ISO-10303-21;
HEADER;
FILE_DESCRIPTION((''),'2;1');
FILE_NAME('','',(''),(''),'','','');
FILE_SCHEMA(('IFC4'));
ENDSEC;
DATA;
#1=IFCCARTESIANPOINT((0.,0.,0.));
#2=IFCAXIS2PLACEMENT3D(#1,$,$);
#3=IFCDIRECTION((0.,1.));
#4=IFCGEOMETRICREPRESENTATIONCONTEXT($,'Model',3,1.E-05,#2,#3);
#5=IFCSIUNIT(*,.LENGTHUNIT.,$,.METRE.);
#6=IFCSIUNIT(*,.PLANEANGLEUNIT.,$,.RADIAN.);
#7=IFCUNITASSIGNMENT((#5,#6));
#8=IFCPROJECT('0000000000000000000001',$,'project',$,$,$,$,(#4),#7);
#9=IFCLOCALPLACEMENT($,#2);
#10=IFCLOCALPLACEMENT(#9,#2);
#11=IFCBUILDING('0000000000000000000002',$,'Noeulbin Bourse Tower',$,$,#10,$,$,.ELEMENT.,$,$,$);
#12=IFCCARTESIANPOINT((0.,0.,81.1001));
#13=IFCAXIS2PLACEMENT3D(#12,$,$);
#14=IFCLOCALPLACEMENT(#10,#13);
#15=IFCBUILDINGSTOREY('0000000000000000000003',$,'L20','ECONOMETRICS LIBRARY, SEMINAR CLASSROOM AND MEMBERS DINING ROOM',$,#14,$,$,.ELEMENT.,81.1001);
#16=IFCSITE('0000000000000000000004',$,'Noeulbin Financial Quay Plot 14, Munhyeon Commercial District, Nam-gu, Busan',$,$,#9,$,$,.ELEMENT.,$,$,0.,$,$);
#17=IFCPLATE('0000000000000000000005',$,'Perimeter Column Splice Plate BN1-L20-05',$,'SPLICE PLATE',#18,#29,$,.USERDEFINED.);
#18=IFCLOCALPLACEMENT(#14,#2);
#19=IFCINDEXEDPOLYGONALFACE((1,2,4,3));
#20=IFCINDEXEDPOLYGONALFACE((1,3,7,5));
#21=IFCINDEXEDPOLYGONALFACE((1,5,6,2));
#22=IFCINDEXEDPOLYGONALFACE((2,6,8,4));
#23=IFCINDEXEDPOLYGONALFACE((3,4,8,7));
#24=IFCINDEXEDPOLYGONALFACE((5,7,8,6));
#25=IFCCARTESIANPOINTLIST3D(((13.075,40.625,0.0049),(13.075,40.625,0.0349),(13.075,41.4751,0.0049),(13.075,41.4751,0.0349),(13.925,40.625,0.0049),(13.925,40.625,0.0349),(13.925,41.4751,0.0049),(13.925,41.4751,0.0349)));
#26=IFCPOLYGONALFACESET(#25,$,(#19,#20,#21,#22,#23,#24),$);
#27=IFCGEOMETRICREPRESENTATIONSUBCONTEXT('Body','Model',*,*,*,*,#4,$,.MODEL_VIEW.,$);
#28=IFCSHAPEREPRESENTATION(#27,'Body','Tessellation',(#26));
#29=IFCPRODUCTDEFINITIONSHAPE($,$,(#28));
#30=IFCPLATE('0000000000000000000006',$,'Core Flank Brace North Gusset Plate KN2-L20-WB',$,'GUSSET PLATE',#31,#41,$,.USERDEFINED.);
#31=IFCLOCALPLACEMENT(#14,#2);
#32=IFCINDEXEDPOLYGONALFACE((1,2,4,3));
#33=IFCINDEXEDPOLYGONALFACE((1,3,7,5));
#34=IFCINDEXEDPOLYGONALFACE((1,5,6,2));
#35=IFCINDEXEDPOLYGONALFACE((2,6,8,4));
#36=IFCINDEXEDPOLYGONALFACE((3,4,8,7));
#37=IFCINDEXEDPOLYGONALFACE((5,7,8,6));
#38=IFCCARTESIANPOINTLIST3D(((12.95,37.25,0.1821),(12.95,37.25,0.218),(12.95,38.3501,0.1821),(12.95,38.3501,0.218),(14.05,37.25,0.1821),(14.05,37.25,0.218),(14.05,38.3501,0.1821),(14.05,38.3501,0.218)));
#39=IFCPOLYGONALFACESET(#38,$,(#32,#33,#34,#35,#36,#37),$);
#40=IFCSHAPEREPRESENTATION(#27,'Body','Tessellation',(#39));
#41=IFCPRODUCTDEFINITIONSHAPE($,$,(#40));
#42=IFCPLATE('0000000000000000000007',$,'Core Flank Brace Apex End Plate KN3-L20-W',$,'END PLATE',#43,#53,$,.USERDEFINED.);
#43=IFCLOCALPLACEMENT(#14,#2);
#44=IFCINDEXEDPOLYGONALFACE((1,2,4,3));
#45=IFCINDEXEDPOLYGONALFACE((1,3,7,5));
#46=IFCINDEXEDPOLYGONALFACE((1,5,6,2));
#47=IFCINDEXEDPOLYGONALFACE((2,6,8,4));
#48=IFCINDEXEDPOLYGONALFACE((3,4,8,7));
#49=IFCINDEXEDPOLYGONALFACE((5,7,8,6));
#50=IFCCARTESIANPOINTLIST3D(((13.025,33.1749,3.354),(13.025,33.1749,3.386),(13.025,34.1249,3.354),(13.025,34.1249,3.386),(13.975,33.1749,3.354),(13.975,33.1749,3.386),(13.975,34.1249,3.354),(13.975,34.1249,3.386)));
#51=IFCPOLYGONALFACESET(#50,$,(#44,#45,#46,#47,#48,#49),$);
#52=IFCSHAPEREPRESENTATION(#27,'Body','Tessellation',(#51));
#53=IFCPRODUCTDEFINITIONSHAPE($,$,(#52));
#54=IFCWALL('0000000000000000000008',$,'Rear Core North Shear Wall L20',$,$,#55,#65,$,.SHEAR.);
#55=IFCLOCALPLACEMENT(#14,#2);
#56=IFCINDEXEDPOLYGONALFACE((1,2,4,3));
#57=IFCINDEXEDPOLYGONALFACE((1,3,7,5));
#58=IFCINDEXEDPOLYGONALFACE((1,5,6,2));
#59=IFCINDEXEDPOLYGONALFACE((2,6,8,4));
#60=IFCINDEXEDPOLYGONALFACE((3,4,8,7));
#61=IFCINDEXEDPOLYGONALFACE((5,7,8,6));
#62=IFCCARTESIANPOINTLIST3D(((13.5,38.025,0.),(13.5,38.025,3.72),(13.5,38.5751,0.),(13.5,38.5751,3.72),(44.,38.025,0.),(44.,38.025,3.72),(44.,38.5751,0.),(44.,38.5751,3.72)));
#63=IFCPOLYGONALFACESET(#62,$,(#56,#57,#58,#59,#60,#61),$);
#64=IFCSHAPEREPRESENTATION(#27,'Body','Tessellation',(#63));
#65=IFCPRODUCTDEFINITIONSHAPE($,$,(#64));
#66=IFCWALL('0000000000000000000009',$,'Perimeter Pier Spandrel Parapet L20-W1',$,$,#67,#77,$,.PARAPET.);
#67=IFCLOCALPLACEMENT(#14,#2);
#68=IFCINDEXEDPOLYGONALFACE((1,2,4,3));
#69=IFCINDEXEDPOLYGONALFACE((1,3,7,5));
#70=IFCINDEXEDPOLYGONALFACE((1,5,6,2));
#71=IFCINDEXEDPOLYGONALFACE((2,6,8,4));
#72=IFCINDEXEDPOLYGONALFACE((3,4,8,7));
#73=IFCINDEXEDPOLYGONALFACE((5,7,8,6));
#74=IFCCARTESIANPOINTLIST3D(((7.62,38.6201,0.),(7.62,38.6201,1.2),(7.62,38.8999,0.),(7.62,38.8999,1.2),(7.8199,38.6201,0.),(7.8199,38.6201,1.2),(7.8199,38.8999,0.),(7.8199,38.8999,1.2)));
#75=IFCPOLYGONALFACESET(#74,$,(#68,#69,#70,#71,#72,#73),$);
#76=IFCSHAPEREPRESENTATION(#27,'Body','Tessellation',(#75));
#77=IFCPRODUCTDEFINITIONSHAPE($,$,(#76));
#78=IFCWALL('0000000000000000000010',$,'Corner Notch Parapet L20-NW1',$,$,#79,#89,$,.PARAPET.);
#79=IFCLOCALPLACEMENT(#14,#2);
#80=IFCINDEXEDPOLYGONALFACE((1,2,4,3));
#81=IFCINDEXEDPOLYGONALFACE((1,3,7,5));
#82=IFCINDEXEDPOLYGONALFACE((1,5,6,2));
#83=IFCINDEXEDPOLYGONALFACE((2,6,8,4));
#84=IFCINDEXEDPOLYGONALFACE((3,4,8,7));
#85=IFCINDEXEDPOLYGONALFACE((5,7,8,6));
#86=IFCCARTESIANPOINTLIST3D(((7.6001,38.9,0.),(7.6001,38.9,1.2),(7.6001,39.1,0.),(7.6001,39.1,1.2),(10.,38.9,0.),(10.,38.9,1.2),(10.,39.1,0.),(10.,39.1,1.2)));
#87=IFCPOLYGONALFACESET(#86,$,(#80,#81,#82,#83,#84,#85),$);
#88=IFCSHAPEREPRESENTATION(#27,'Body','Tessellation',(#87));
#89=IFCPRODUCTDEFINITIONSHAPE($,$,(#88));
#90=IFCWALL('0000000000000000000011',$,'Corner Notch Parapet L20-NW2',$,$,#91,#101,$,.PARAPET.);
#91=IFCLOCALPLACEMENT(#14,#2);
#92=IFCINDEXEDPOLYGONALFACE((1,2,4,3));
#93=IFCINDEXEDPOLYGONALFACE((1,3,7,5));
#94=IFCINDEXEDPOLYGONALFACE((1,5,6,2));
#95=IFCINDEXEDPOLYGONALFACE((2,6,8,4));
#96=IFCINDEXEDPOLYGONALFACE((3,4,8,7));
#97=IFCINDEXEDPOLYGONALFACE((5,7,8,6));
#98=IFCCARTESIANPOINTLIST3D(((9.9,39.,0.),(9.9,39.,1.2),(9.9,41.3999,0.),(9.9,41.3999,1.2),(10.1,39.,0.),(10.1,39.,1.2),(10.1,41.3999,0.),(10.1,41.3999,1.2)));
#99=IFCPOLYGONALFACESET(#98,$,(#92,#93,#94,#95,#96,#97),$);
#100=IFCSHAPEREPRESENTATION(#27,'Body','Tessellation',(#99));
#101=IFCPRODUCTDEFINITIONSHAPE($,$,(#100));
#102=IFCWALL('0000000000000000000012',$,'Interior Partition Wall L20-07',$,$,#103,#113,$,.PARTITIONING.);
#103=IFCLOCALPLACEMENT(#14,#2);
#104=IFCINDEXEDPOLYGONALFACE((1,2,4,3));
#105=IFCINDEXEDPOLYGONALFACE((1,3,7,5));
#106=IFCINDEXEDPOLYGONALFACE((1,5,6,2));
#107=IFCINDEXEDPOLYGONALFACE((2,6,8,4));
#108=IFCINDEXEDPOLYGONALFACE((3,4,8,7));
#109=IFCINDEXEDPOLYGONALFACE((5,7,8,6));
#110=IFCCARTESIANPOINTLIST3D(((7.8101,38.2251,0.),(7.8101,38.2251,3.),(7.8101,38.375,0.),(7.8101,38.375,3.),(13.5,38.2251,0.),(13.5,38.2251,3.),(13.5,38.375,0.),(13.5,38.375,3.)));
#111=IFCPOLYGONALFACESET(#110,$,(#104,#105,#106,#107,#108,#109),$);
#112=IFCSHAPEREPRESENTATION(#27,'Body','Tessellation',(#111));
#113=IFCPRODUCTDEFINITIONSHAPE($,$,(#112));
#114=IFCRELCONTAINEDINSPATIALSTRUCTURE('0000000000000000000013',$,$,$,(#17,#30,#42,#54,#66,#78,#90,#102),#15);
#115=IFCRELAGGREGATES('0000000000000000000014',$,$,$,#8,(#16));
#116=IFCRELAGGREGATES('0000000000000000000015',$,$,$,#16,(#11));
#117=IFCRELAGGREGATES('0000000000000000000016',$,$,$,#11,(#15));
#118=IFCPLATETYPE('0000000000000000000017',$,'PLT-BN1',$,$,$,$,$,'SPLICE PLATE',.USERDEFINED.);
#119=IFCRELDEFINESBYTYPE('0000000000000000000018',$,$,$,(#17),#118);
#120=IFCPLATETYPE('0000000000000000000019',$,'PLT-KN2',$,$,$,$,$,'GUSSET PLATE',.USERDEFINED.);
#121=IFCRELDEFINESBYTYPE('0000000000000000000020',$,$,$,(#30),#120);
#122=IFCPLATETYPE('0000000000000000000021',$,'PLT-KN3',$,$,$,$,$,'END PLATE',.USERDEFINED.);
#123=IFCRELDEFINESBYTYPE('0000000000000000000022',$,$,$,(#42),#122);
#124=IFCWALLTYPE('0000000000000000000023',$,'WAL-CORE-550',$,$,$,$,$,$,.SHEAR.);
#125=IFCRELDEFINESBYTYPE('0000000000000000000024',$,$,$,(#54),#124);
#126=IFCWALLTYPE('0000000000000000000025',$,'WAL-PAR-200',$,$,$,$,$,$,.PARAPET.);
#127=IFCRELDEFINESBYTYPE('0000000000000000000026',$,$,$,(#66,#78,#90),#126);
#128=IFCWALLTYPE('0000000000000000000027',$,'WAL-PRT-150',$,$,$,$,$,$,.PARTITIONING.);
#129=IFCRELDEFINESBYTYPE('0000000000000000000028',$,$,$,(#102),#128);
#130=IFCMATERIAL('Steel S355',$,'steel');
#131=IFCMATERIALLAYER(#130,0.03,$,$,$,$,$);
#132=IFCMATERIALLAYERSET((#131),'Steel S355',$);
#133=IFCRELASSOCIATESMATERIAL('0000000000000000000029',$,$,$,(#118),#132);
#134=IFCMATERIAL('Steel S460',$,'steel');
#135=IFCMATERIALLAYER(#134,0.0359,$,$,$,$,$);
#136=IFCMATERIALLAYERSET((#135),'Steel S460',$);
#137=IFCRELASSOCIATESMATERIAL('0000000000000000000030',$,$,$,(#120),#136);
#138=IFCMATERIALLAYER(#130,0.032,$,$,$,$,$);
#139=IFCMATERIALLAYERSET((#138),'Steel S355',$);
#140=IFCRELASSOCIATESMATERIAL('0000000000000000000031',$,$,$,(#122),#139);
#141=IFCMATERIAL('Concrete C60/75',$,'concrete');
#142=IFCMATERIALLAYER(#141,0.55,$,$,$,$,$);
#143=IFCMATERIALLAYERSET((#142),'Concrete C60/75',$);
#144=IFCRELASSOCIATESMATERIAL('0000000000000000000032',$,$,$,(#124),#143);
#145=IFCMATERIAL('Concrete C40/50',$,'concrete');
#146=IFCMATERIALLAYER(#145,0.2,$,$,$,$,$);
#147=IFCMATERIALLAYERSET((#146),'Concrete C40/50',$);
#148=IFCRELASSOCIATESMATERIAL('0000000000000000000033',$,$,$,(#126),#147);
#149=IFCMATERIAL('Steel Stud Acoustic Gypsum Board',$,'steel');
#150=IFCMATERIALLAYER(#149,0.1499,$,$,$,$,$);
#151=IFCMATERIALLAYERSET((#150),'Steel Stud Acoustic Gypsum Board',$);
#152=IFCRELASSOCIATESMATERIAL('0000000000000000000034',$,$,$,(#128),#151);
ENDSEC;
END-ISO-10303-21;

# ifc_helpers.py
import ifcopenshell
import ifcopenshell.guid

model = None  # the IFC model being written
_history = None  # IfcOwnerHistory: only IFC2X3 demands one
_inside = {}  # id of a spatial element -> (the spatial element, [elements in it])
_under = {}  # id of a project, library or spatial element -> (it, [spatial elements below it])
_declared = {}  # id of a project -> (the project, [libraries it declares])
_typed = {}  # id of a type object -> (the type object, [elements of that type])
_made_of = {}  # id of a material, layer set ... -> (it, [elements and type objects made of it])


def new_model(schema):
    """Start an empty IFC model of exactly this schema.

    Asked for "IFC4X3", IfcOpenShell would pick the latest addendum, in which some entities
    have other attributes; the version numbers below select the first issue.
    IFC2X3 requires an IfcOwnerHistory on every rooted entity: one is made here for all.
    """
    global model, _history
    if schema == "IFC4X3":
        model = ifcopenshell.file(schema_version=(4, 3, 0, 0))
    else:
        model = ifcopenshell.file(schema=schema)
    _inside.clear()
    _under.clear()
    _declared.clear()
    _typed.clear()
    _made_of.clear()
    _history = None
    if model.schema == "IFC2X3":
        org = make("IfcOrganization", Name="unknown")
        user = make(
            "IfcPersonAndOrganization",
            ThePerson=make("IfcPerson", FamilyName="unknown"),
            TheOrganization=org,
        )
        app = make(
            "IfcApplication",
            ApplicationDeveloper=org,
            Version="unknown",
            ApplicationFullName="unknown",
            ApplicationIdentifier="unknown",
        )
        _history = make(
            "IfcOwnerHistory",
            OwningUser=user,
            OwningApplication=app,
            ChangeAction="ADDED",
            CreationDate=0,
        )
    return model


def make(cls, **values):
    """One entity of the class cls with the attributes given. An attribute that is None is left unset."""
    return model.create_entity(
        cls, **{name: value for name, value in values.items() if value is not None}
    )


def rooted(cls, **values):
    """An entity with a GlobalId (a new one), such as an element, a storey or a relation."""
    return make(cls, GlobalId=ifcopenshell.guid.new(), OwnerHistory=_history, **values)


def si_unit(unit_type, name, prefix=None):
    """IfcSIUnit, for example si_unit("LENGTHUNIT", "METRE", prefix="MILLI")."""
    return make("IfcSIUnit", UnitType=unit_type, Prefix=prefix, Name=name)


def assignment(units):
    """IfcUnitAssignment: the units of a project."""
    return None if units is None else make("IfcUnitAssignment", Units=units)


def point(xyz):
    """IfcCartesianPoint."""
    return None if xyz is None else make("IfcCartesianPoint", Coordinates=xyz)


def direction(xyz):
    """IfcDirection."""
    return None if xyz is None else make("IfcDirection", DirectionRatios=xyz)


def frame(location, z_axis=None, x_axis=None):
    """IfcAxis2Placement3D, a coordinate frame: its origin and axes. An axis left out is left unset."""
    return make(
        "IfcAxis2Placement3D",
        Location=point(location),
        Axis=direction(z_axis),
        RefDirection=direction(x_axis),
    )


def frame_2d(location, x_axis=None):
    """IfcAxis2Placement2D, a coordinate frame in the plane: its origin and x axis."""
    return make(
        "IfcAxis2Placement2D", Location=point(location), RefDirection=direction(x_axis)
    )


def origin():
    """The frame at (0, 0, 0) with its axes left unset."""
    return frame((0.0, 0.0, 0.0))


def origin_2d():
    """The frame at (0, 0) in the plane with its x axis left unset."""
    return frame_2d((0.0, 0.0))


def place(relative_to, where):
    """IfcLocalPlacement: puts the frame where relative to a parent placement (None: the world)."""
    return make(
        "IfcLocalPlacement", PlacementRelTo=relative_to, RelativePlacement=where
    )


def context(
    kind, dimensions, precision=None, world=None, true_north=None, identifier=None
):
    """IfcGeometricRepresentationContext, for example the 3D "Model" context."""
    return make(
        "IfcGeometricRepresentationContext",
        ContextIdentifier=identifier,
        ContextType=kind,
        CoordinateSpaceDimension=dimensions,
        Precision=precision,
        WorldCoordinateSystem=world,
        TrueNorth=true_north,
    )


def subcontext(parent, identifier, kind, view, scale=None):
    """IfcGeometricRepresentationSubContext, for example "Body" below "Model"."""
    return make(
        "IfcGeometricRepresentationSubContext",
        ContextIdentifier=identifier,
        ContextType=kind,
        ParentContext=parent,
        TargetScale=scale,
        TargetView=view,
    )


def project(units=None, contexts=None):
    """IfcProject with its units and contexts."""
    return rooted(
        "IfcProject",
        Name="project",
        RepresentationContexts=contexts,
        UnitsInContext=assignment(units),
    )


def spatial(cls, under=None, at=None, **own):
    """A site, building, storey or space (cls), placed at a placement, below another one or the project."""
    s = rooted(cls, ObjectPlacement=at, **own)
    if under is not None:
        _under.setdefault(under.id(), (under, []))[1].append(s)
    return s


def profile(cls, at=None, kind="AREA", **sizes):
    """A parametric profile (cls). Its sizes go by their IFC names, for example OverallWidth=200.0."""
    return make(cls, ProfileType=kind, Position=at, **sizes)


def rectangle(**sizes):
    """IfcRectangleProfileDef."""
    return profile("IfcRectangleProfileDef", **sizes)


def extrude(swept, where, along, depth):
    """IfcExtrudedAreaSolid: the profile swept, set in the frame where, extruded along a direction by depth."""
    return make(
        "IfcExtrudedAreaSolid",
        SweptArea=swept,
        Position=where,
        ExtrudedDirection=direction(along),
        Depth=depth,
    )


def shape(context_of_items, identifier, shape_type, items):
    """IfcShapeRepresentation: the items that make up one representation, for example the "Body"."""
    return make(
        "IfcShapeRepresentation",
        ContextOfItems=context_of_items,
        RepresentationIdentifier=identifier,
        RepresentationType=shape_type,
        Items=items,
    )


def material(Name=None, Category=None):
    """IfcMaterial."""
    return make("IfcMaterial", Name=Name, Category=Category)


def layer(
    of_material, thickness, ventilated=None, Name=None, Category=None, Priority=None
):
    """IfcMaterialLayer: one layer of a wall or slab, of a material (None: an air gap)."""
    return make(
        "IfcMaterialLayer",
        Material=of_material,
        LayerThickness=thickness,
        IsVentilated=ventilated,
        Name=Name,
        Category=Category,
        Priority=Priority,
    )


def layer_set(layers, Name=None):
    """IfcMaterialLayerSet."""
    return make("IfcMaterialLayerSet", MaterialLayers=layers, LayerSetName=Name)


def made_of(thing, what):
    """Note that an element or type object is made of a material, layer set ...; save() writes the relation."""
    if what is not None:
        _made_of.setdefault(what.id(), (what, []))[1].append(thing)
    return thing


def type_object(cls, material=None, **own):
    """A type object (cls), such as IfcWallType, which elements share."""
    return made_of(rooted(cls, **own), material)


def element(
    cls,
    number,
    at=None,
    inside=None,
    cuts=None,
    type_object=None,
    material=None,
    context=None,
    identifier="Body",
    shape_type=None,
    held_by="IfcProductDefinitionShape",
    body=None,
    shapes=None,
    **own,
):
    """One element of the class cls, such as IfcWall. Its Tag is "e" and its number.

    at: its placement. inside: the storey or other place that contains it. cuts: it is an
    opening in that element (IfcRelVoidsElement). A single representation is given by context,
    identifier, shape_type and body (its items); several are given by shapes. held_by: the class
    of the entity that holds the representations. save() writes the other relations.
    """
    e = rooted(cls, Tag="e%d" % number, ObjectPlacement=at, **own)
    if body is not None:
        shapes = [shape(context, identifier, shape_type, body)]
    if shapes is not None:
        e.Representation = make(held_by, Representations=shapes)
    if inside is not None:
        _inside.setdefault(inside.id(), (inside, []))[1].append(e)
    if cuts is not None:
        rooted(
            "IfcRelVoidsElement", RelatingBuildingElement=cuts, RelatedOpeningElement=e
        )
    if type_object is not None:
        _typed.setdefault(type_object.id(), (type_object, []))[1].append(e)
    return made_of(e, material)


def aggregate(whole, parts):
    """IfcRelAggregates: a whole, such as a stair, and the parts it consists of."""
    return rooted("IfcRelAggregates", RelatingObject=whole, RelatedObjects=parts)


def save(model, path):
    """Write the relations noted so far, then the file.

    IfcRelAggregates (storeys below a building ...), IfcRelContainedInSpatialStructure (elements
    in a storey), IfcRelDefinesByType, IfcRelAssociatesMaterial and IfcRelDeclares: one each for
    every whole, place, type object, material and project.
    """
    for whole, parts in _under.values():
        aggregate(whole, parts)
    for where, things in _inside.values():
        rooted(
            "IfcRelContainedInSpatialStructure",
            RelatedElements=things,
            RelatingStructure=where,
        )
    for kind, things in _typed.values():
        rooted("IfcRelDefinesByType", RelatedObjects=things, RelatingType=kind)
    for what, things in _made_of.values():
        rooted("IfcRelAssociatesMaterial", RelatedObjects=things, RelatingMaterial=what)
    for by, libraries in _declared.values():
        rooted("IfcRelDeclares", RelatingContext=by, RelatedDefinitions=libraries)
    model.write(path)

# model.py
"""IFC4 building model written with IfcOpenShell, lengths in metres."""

from ifc_helpers import new_model, si_unit, direction, frame, frame_2d, origin, origin_2d, place, context, subcontext, project, spatial, rectangle, extrude, material, layer, layer_set, type_object, element, save


model = new_model("IFC4")

# Units and contexts
model_context = context("Model", 3, precision=1e-05, world=origin(), true_north=direction((0.0, 1.0)))
body_context = subcontext(model_context, "Body", "Model", "MODEL_VIEW")
ifc_project = project(units=[si_unit("LENGTHUNIT", "METRE"), si_unit("PLANEANGLEUNIT", "RADIAN")], contexts=[model_context])

# Site, building, storey
site_placement = place(None, origin())
site = spatial("IfcSite", under=ifc_project, at=site_placement, Name="Noeulbin Financial Quay Plot 14, Munhyeon Commercial District, Nam-gu, Busan", CompositionType="ELEMENT", RefElevation=0.0)
building_placement = place(site_placement, origin())
building = spatial("IfcBuilding", under=site, at=building_placement, Name="Noeulbin Bourse Tower", CompositionType="ELEMENT")
storey_placement = place(building_placement, frame((0.0, 0.0, 81.1001)))
storey = spatial("IfcBuildingStorey", under=building, at=storey_placement, Name="L20", Description="ECONOMETRICS LIBRARY, SEMINAR CLASSROOM AND MEMBERS DINING ROOM", CompositionType="ELEMENT", Elevation=81.1001)

# Shared definitions
ifc_material_1 = material(Name="Steel S460", Category="steel")

# Shared definitions
ifc_material_2 = material(Name="Steel S355", Category="steel")

# Plates
ifc_layer_1 = layer(ifc_material_2, 0.03)
ifc_layer_set_1 = layer_set([ifc_layer_1], Name="Steel S355")
plate_type_1 = type_object("IfcPlateType", Name="PLT-BN1", ElementType="SPLICE PLATE", PredefinedType="USERDEFINED", material=ifc_layer_set_1)
for number, where, z_axis, x_axis, name in (
    (1, (13.5, 41.05, 0.0049), (0.0, 0.0, 1.0), (1.0, 0.0, 0.0), "Perimeter Column Splice Plate BN1-L20-05"),
):
    element("IfcPlate", number, at=place(storey_placement, frame(where, z_axis=z_axis, x_axis=x_axis)), inside=storey, type_object=plate_type_1, Name=name, ObjectType="SPLICE PLATE", PredefinedType="USERDEFINED", context=body_context, shape_type="SweptSolid", body=[
        extrude(rectangle(XDim=0.8501, YDim=0.8501, at=origin_2d()), origin(), (0.0, 0.0, 1.0), 0.03),
    ])
ifc_layer_2 = layer(ifc_material_1, 0.0359)
ifc_layer_set_2 = layer_set([ifc_layer_2], Name="Steel S460")
plate_type_2 = type_object("IfcPlateType", Name="PLT-KN2", ElementType="GUSSET PLATE", PredefinedType="USERDEFINED", material=ifc_layer_set_2)
plate_1_placement = place(storey_placement, frame((13.5, 37.8, 0.1821), z_axis=(0.0, 0.0, 1.0), x_axis=(1.0, 0.0, 0.0)))
element("IfcPlate", 2, at=plate_1_placement, inside=storey, type_object=plate_type_2, Name="Core Flank Brace North Gusset Plate KN2-L20-WB", ObjectType="GUSSET PLATE", PredefinedType="USERDEFINED", context=body_context, shape_type="SweptSolid", body=[
    extrude(rectangle(XDim=1.1001, YDim=1.1001, at=origin_2d()), origin(), (0.0, 0.0, 1.0), 0.0359),
])
ifc_layer_3 = layer(ifc_material_2, 0.032)
ifc_layer_set_3 = layer_set([ifc_layer_3], Name="Steel S355")
plate_type_3 = type_object("IfcPlateType", Name="PLT-KN3", ElementType="END PLATE", PredefinedType="USERDEFINED", material=ifc_layer_set_3)
plate_2_placement = place(storey_placement, frame((13.5, 33.6499, 3.354), z_axis=(0.0, 0.0, 1.0), x_axis=(1.0, 0.0, 0.0)))
element("IfcPlate", 3, at=plate_2_placement, inside=storey, type_object=plate_type_3, Name="Core Flank Brace Apex End Plate KN3-L20-W", ObjectType="END PLATE", PredefinedType="USERDEFINED", context=body_context, shape_type="SweptSolid", body=[
    extrude(rectangle(XDim=0.95, YDim=0.95, at=origin_2d()), origin(), (0.0, 0.0, 1.0), 0.032),
])

# Walls
ifc_material_3 = material(Name="Concrete C60/75", Category="concrete")
ifc_layer_4 = layer(ifc_material_3, 0.55)
ifc_layer_set_4 = layer_set([ifc_layer_4], Name="Concrete C60/75")
wall_type_1 = type_object("IfcWallType", Name="WAL-CORE-550", PredefinedType="SHEAR", material=ifc_layer_set_4)
wall_1_placement = place(storey_placement, frame((13.5, 38.3, 0.0), z_axis=(0.0, 0.0, 1.0), x_axis=(1.0, 0.0, 0.0)))
element("IfcWall", 4, at=wall_1_placement, inside=storey, type_object=wall_type_1, Name="Rear Core North Shear Wall L20", PredefinedType="SHEAR", context=body_context, shape_type="SweptSolid", body=[
    extrude(rectangle(XDim=30.5, YDim=0.55, at=frame_2d((15.25, 0.0))), origin(), (0.0, 0.0, 1.0), 3.72),
])
ifc_material_4 = material(Name="Concrete C40/50", Category="concrete")
ifc_layer_5 = layer(ifc_material_4, 0.2)
ifc_layer_set_5 = layer_set([ifc_layer_5], Name="Concrete C40/50")
wall_type_2 = type_object("IfcWallType", Name="WAL-PAR-200", PredefinedType="PARAPET", material=ifc_layer_set_5)
wall_2_placement = place(storey_placement, frame((7.72, 38.6201, 0.0), z_axis=(0.0, 0.0, 1.0), x_axis=(0.0, 1.0, 0.0)))
element("IfcWall", 5, at=wall_2_placement, inside=storey, type_object=wall_type_2, Name="Perimeter Pier Spandrel Parapet L20-W1", PredefinedType="PARAPET", context=body_context, shape_type="SweptSolid", body=[
    extrude(rectangle(XDim=0.2798, YDim=0.2, at=frame_2d((0.1399, 0.0))), origin(), (0.0, 0.0, 1.0), 1.2),
])
for number, where, z_axis, x_axis, name in (
    (6, (7.6001, 39.0, 0.0), (0.0, 0.0, 1.0), (1.0, 0.0, 0.0), "Corner Notch Parapet L20-NW1"),
    (7, (10.0, 39.0, 0.0), (0.0, 0.0, 1.0), (0.0, 1.0, 0.0), "Corner Notch Parapet L20-NW2"),
):
    element("IfcWall", number, at=place(storey_placement, frame(where, z_axis=z_axis, x_axis=x_axis)), inside=storey, type_object=wall_type_2, Name=name, PredefinedType="PARAPET", context=body_context, shape_type="SweptSolid", body=[
        extrude(rectangle(XDim=2.3999, YDim=0.2, at=frame_2d((1.2, 0.0))), origin(), (0.0, 0.0, 1.0), 1.2),
    ])
ifc_material_5 = material(Name="Steel Stud Acoustic Gypsum Board", Category="steel")
ifc_layer_6 = layer(ifc_material_5, 0.1499)
ifc_layer_set_6 = layer_set([ifc_layer_6], Name="Steel Stud Acoustic Gypsum Board")
wall_type_3 = type_object("IfcWallType", Name="WAL-PRT-150", PredefinedType="PARTITIONING", material=ifc_layer_set_6)
wall_3_placement = place(storey_placement, frame((7.8101, 38.3, 0.0), z_axis=(0.0, 0.0, 1.0), x_axis=(1.0, 0.0, 0.0)))
element("IfcWall", 8, at=wall_3_placement, inside=storey, type_object=wall_type_3, Name="Interior Partition Wall L20-07", PredefinedType="PARTITIONING", context=body_context, shape_type="SweptSolid", body=[
    extrude(rectangle(XDim=5.6899, YDim=0.1499, at=frame_2d((2.845, 0.0))), origin(), (0.0, 0.0, 1.0), 3.0),
])

save(model, "model.ifc")
